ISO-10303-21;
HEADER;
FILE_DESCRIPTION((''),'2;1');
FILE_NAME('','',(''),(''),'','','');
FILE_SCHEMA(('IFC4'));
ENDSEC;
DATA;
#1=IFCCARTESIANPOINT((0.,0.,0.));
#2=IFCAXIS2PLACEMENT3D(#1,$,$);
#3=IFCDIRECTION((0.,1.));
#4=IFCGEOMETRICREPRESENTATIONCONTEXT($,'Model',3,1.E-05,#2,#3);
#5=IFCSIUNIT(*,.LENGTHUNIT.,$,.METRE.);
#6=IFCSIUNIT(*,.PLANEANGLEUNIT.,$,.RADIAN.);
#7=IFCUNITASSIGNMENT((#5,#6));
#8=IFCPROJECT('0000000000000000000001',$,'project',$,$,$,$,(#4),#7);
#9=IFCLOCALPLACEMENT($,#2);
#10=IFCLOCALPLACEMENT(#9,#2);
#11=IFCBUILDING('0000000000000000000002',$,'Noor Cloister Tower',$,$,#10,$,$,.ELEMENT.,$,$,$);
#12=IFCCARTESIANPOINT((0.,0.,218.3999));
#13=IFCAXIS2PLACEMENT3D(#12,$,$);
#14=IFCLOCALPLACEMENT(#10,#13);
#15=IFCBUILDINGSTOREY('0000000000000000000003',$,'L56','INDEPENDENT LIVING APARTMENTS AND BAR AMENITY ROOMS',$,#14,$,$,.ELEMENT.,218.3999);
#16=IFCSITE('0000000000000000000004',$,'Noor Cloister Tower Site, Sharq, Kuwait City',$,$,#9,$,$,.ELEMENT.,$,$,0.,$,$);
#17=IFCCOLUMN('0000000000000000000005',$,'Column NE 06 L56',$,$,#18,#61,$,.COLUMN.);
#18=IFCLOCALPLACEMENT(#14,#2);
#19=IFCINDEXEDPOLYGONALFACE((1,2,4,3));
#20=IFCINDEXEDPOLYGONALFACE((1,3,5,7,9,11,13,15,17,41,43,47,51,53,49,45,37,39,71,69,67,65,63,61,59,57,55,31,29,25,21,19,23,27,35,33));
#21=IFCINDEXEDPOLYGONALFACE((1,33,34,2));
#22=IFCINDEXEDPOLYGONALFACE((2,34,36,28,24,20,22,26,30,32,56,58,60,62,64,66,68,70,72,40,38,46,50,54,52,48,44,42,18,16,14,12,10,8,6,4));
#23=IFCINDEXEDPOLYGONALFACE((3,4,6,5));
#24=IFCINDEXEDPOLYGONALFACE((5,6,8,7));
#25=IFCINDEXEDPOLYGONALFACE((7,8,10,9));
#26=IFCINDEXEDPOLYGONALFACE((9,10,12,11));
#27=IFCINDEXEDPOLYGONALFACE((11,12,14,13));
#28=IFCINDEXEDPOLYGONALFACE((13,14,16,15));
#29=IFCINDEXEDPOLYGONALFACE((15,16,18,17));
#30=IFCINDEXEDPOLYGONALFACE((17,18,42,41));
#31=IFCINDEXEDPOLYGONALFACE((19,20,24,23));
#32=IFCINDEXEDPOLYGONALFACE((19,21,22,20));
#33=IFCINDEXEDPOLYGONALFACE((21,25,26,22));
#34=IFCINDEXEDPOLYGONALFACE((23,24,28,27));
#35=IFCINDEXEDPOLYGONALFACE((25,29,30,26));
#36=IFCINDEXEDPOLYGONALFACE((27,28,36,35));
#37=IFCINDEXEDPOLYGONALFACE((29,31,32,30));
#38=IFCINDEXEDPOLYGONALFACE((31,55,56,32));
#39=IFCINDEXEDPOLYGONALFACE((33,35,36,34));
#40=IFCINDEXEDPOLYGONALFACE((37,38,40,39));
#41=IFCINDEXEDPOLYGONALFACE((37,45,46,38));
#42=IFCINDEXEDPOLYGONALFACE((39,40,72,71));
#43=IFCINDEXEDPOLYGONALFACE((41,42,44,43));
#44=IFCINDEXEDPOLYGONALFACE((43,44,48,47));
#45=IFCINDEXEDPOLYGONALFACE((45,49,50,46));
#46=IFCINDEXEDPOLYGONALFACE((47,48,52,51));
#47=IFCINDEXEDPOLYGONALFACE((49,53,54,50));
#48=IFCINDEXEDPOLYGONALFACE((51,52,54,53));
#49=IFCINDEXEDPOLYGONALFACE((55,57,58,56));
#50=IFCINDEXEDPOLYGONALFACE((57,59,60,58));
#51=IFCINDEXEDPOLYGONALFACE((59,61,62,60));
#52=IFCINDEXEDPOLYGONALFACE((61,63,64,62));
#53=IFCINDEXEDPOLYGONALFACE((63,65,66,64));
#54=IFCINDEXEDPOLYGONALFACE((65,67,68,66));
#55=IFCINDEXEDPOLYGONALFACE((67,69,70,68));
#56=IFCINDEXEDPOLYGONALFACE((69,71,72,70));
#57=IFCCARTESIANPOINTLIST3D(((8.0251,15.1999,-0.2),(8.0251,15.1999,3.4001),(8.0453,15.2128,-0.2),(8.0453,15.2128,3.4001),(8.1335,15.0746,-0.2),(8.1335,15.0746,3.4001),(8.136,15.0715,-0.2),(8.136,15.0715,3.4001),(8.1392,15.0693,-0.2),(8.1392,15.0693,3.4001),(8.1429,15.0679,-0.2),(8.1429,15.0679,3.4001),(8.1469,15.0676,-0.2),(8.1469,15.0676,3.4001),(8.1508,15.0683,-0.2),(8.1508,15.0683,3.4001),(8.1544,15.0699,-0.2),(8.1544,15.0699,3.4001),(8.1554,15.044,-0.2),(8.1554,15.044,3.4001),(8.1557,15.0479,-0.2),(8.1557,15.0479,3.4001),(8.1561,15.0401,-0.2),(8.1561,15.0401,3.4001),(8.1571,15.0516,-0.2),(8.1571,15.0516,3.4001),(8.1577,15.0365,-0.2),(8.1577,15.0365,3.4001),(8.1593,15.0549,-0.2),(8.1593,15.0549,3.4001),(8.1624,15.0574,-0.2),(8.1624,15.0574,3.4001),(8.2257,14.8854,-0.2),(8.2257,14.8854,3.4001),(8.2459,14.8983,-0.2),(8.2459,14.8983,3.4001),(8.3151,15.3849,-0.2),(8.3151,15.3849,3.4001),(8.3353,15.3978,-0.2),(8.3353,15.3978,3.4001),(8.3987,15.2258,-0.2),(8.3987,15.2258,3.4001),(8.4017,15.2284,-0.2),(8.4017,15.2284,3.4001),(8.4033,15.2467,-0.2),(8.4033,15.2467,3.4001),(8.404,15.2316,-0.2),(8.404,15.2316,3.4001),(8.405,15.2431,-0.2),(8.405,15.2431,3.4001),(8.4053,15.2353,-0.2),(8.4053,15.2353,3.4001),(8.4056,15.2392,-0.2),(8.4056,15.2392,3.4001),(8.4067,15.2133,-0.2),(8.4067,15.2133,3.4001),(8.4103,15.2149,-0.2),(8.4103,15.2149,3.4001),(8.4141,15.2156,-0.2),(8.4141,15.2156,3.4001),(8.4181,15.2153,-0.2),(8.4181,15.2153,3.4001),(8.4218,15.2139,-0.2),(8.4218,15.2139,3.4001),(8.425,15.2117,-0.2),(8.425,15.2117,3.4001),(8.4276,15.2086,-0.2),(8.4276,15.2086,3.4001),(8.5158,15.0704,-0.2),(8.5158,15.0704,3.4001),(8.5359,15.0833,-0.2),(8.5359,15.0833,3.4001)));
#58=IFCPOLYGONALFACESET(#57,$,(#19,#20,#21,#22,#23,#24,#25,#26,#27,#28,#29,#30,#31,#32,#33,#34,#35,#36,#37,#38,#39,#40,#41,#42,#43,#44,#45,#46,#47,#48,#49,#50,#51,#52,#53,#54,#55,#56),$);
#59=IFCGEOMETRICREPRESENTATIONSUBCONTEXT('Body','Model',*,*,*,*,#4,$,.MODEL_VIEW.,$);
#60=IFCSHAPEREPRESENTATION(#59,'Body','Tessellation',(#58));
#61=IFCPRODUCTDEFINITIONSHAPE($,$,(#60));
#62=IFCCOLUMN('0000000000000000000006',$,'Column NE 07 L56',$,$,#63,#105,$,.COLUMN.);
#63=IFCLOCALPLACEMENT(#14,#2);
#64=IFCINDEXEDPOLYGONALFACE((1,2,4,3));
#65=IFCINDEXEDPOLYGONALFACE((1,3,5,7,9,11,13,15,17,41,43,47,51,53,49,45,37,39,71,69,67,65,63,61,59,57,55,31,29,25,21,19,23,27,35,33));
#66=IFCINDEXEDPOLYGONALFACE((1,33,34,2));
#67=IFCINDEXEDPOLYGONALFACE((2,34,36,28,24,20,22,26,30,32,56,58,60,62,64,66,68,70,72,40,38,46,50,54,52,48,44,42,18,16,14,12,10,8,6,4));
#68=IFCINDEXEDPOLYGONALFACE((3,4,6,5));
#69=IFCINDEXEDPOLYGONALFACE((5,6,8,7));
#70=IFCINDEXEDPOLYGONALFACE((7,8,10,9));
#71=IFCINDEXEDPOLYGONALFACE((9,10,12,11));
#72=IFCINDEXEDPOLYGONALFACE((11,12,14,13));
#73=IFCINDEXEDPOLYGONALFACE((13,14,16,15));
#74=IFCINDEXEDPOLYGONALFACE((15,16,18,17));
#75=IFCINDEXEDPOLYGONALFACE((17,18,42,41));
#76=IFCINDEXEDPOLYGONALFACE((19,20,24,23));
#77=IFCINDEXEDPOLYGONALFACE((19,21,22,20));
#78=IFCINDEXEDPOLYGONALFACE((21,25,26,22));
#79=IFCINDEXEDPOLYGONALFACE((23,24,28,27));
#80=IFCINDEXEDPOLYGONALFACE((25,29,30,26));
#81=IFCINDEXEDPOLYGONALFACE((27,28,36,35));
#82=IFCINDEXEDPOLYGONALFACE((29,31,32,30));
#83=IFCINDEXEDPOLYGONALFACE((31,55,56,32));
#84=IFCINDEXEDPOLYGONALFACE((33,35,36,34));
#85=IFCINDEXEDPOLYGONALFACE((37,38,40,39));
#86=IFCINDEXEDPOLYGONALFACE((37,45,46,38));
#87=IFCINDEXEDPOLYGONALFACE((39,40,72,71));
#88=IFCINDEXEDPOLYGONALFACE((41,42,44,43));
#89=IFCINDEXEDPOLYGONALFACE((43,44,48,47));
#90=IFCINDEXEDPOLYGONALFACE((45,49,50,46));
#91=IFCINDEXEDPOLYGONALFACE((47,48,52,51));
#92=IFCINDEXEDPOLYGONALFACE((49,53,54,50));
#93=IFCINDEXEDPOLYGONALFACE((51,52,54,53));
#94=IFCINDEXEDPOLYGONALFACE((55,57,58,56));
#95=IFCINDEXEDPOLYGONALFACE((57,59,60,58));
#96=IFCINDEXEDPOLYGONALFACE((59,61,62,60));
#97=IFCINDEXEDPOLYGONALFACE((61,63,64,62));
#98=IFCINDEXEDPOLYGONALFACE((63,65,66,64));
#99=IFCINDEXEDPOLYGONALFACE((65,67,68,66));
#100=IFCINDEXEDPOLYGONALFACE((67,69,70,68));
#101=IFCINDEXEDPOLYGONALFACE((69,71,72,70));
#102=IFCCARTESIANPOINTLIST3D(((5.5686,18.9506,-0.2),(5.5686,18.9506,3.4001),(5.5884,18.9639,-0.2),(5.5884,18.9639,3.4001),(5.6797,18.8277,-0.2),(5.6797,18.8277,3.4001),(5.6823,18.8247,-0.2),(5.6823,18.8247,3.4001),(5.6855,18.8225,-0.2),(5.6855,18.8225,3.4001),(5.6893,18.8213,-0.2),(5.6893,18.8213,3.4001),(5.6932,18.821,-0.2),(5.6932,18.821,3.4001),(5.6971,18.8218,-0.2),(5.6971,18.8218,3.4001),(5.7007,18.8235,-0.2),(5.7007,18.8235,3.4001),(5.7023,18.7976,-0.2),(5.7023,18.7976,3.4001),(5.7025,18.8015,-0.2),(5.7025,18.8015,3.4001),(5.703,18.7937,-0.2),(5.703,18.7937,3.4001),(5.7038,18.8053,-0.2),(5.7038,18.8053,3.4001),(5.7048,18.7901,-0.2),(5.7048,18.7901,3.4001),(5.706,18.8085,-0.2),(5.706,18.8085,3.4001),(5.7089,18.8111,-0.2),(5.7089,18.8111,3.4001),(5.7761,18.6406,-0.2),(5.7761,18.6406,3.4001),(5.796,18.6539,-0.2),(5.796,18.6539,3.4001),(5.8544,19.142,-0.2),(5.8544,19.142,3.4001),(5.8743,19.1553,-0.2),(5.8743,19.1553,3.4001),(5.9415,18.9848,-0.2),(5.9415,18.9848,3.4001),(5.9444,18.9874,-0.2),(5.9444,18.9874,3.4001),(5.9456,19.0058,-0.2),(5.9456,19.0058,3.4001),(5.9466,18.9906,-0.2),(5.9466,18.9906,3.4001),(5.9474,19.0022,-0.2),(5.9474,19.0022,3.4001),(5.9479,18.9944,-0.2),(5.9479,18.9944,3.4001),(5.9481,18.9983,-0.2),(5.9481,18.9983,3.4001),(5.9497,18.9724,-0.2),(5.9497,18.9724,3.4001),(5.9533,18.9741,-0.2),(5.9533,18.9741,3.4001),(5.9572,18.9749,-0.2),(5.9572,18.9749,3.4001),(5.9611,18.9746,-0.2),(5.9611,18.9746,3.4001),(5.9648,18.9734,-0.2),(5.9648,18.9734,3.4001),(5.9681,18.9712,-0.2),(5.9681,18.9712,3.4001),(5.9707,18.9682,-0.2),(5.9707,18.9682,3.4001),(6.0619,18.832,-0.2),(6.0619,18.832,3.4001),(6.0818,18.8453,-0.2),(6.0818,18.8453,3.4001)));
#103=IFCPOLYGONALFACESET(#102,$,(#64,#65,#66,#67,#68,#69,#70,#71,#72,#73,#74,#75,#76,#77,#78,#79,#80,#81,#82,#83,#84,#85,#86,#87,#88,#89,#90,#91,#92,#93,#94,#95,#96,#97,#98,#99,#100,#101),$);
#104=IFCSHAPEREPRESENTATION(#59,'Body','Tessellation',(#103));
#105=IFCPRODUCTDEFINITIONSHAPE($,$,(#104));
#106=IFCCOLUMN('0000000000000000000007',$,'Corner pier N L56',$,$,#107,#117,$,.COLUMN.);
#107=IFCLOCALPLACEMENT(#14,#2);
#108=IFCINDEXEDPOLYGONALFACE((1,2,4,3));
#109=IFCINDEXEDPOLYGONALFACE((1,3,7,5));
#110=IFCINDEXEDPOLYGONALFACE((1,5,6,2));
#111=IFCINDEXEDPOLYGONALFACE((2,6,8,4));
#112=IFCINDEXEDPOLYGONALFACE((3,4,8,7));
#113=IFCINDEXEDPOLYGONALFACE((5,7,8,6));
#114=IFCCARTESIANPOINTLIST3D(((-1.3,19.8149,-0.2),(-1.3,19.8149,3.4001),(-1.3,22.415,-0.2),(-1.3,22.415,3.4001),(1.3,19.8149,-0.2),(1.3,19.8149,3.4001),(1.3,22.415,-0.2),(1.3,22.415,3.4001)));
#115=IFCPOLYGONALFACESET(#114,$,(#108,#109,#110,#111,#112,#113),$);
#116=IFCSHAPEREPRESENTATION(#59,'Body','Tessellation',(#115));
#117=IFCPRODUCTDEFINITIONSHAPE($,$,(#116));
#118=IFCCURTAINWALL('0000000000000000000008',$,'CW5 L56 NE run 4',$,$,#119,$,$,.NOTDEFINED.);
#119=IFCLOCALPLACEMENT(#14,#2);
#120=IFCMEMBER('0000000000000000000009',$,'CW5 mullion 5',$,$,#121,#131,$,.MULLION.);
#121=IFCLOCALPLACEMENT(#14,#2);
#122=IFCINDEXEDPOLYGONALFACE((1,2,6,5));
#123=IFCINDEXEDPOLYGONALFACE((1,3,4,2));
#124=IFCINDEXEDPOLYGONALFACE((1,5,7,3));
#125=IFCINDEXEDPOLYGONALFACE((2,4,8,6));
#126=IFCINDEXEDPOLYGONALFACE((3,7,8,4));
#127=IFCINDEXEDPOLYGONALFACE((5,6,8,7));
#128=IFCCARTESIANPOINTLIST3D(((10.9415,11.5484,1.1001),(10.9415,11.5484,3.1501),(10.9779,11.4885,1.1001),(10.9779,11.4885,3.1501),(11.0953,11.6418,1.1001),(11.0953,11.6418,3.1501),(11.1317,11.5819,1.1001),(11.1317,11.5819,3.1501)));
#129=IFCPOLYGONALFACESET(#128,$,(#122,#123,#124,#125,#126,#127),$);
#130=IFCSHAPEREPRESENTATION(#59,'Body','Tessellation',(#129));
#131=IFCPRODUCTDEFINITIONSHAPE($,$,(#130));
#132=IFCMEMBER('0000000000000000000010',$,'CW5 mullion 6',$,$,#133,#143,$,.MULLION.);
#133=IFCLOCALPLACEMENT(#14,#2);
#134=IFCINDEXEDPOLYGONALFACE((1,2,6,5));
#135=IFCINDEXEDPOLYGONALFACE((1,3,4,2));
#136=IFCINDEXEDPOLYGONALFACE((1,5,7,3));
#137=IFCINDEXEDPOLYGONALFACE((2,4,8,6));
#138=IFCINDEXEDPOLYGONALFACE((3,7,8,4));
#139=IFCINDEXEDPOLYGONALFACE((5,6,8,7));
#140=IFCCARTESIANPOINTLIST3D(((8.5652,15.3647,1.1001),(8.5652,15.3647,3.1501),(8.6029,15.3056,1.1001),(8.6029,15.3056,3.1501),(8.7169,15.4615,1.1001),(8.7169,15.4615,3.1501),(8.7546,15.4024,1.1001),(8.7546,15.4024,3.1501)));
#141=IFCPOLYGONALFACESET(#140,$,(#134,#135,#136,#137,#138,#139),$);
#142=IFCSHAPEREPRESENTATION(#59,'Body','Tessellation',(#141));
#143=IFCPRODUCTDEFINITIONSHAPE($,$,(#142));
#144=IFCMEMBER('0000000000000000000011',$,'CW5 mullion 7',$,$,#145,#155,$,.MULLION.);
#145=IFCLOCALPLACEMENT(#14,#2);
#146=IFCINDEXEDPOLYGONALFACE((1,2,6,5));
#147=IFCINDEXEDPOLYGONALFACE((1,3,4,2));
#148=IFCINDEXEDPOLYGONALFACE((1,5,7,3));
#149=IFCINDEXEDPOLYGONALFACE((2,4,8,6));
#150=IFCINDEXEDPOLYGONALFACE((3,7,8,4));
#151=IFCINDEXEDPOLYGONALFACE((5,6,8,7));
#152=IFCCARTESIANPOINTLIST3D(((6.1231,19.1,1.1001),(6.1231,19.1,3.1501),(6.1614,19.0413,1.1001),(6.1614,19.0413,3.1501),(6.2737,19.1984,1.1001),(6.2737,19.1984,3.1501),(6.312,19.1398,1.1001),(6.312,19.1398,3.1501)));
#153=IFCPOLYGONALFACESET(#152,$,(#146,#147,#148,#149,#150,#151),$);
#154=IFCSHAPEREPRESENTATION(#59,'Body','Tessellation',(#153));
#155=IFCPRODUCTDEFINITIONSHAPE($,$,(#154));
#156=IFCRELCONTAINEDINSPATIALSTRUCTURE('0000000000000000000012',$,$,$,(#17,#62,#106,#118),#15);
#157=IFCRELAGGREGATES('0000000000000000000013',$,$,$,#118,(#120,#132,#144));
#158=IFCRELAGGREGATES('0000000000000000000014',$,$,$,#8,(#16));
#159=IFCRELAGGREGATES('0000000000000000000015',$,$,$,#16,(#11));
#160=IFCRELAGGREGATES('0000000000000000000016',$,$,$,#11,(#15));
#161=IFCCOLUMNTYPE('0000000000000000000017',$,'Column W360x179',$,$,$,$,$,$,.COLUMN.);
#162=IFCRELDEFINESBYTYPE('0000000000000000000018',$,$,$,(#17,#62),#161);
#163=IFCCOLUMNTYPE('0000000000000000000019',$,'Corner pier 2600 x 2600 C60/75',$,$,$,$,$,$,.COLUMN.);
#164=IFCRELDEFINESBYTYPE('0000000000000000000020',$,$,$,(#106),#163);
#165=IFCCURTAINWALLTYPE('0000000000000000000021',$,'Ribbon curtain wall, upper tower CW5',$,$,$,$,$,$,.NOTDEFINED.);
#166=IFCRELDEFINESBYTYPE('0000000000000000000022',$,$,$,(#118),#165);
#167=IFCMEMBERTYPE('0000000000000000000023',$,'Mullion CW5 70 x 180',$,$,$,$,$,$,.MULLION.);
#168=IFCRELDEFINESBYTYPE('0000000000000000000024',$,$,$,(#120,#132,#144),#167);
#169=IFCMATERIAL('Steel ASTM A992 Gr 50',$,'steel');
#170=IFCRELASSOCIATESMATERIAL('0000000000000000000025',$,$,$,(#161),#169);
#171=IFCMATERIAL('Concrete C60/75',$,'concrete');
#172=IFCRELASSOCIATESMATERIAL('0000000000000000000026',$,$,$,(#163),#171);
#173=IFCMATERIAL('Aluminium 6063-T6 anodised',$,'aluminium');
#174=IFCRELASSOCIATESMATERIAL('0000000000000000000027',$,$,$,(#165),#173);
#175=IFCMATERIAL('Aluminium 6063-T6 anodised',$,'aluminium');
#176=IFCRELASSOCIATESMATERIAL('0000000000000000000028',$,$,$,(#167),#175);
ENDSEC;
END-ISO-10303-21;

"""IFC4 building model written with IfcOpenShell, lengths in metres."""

from ifc_helpers import new_model, si_unit, direction, frame, origin, origin_2d, place, context, subcontext, project, spatial, rectangle, i_section, extrude, material, material_profile, profile_set, type_object, element, aggregate, save


model = new_model("IFC4")

# Units and contexts
model_context = context("Model", 3, precision=1e-05, world=origin(), true_north=direction((0.0, 1.0)))
body_context = subcontext(model_context, "Body", "Model", "MODEL_VIEW")
ifc_project = project(units=[si_unit("LENGTHUNIT", "METRE"), si_unit("PLANEANGLEUNIT", "RADIAN")], contexts=[model_context])

# Site, building, storey
site_placement = place(None, origin())
site = spatial("IfcSite", under=ifc_project, at=site_placement, Name="Noor Cloister Tower Site, Sharq, Kuwait City", CompositionType="ELEMENT", RefElevation=0.0)
building_placement = place(site_placement, origin())
building = spatial("IfcBuilding", under=site, at=building_placement, Name="Noor Cloister Tower", CompositionType="ELEMENT")
storey_placement = place(building_placement, frame((0.0, 0.0, 218.3999)))
storey = spatial("IfcBuildingStorey", under=building, at=storey_placement, Name="L56", Description="INDEPENDENT LIVING APARTMENTS AND BAR AMENITY ROOMS", CompositionType="ELEMENT", Elevation=218.3999)

# Columns
ifc_material_1 = material(Name="Steel ASTM A992 Gr 50", Category="steel")
ifc_material_profile_1 = material_profile(ifc_material_1, i_section(OverallWidth=0.373, OverallDepth=0.3679, WebThickness=0.0149, FlangeThickness=0.0239, FilletRadius=0.0151, at=origin_2d()), Name="W360x179")
ifc_profile_set_1 = profile_set([ifc_material_profile_1], Name="Steel ASTM A992 Gr 50")
column_type_1 = type_object("IfcColumnType", Name="Column W360x179", PredefinedType="COLUMN", material=ifc_profile_set_1)
for number, where, z_axis, x_axis, name in (
    (1, (8.2805, 15.1416, -0.2), (0.0, 0.0, 1.0), (-0.537834, 0.843051, 0.0), "Column NE 06 L56"),
    (2, (5.8252, 18.8979, -0.2), (0.0, 0.0, 1.0), (-0.55636, 0.830941, 0.0), "Column NE 07 L56"),
):
    element("IfcColumn", number, at=place(storey_placement, frame(where, z_axis=z_axis, x_axis=x_axis)), inside=storey, type_object=column_type_1, Name=name, PredefinedType="COLUMN", context=body_context, shape_type="SweptSolid", body=[
        extrude(i_section(OverallWidth=0.373, OverallDepth=0.3679, WebThickness=0.0149, FlangeThickness=0.0239, FilletRadius=0.0151, at=origin_2d()), origin(), (0.0, 0.0, 1.0), 3.6001),
    ])
ifc_material_2 = material(Name="Concrete C60/75", Category="concrete")
ifc_material_profile_2 = material_profile(ifc_material_2, rectangle(XDim=2.6001, YDim=2.6001, at=origin_2d()), Name="RC 2600x2600")
ifc_profile_set_2 = profile_set([ifc_material_profile_2], Name="Concrete C60/75")
column_type_2 = type_object("IfcColumnType", Name="Corner pier 2600 x 2600 C60/75", PredefinedType="COLUMN", material=ifc_profile_set_2)
column_placement = place(storey_placement, frame((0.0, 21.115, -0.2), z_axis=(0.0, 0.0, 1.0), x_axis=(0.0, 1.0, 0.0)))
element("IfcColumn", 3, at=column_placement, inside=storey, type_object=column_type_2, Name="Corner pier N L56", PredefinedType="COLUMN", context=body_context, shape_type="SweptSolid", body=[
    extrude(rectangle(XDim=2.6001, YDim=2.6001, at=origin_2d()), origin(), (0.0, 0.0, 1.0), 3.6001),
])

# Curtain wall, members
ifc_material_3 = material(Name="Aluminium 6063-T6 anodised", Category="aluminium")
curtain_wall_type = type_object("IfcCurtainWallType", Name="Ribbon curtain wall, upper tower CW5", PredefinedType="NOTDEFINED", material=ifc_material_3)
curtain_wall_placement = place(storey_placement, origin())
curtain_wall = element("IfcCurtainWall", 4, at=curtain_wall_placement, inside=storey, type_object=curtain_wall_type, Name="CW5 L56 NE run 4", PredefinedType="NOTDEFINED")
ifc_material_4 = material(Name="Aluminium 6063-T6 anodised", Category="aluminium")
ifc_material_profile_3 = material_profile(ifc_material_4, rectangle(XDim=0.1799, YDim=0.0701, at=origin_2d()), Name="180 x 70 mullion")
ifc_profile_set_3 = profile_set([ifc_material_profile_3], Name="Aluminium 6063-T6 anodised")
member_type = type_object("IfcMemberType", Name="Mullion CW5 70 x 180", PredefinedType="MULLION", material=ifc_profile_set_3)
member_1_placement = place(storey_placement, frame((11.0366, 11.5652, 1.1001), z_axis=(0.0, 0.0, 1.0), x_axis=(-0.854747, -0.519044, 0.0)))
member_1 = element("IfcMember", 5, at=member_1_placement, type_object=member_type, Name="CW5 mullion 5", PredefinedType="MULLION", context=body_context, shape_type="SweptSolid", body=[
    extrude(rectangle(XDim=0.1799, YDim=0.0701, at=origin_2d()), origin(), (0.0, 0.0, 1.0), 2.05),
])
member_2_placement = place(storey_placement, frame((8.6599, 15.3835, 1.1001), z_axis=(0.0, 0.0, 1.0), x_axis=(-0.843051, -0.537834, 0.0)))
member_2 = element("IfcMember", 6, at=member_2_placement, type_object=member_type, Name="CW5 mullion 6", PredefinedType="MULLION", context=body_context, shape_type="SweptSolid", body=[
    extrude(rectangle(XDim=0.1799, YDim=0.0701, at=origin_2d()), origin(), (0.0, 0.0, 1.0), 2.05),
])
member_3_placement = place(storey_placement, frame((6.2175, 19.1199, 1.1001), z_axis=(0.0, 0.0, 1.0), x_axis=(-0.837047, -0.547131, 0.0)))
member_3 = element("IfcMember", 7, at=member_3_placement, type_object=member_type, Name="CW5 mullion 7", PredefinedType="MULLION", context=body_context, shape_type="SweptSolid", body=[
    extrude(rectangle(XDim=0.1799, YDim=0.0701, at=origin_2d()), origin(), (0.0, 0.0, 1.0), 2.05),
])

aggregate(curtain_wall, [member_1, member_2, member_3])

save(model, "model.ifc")
